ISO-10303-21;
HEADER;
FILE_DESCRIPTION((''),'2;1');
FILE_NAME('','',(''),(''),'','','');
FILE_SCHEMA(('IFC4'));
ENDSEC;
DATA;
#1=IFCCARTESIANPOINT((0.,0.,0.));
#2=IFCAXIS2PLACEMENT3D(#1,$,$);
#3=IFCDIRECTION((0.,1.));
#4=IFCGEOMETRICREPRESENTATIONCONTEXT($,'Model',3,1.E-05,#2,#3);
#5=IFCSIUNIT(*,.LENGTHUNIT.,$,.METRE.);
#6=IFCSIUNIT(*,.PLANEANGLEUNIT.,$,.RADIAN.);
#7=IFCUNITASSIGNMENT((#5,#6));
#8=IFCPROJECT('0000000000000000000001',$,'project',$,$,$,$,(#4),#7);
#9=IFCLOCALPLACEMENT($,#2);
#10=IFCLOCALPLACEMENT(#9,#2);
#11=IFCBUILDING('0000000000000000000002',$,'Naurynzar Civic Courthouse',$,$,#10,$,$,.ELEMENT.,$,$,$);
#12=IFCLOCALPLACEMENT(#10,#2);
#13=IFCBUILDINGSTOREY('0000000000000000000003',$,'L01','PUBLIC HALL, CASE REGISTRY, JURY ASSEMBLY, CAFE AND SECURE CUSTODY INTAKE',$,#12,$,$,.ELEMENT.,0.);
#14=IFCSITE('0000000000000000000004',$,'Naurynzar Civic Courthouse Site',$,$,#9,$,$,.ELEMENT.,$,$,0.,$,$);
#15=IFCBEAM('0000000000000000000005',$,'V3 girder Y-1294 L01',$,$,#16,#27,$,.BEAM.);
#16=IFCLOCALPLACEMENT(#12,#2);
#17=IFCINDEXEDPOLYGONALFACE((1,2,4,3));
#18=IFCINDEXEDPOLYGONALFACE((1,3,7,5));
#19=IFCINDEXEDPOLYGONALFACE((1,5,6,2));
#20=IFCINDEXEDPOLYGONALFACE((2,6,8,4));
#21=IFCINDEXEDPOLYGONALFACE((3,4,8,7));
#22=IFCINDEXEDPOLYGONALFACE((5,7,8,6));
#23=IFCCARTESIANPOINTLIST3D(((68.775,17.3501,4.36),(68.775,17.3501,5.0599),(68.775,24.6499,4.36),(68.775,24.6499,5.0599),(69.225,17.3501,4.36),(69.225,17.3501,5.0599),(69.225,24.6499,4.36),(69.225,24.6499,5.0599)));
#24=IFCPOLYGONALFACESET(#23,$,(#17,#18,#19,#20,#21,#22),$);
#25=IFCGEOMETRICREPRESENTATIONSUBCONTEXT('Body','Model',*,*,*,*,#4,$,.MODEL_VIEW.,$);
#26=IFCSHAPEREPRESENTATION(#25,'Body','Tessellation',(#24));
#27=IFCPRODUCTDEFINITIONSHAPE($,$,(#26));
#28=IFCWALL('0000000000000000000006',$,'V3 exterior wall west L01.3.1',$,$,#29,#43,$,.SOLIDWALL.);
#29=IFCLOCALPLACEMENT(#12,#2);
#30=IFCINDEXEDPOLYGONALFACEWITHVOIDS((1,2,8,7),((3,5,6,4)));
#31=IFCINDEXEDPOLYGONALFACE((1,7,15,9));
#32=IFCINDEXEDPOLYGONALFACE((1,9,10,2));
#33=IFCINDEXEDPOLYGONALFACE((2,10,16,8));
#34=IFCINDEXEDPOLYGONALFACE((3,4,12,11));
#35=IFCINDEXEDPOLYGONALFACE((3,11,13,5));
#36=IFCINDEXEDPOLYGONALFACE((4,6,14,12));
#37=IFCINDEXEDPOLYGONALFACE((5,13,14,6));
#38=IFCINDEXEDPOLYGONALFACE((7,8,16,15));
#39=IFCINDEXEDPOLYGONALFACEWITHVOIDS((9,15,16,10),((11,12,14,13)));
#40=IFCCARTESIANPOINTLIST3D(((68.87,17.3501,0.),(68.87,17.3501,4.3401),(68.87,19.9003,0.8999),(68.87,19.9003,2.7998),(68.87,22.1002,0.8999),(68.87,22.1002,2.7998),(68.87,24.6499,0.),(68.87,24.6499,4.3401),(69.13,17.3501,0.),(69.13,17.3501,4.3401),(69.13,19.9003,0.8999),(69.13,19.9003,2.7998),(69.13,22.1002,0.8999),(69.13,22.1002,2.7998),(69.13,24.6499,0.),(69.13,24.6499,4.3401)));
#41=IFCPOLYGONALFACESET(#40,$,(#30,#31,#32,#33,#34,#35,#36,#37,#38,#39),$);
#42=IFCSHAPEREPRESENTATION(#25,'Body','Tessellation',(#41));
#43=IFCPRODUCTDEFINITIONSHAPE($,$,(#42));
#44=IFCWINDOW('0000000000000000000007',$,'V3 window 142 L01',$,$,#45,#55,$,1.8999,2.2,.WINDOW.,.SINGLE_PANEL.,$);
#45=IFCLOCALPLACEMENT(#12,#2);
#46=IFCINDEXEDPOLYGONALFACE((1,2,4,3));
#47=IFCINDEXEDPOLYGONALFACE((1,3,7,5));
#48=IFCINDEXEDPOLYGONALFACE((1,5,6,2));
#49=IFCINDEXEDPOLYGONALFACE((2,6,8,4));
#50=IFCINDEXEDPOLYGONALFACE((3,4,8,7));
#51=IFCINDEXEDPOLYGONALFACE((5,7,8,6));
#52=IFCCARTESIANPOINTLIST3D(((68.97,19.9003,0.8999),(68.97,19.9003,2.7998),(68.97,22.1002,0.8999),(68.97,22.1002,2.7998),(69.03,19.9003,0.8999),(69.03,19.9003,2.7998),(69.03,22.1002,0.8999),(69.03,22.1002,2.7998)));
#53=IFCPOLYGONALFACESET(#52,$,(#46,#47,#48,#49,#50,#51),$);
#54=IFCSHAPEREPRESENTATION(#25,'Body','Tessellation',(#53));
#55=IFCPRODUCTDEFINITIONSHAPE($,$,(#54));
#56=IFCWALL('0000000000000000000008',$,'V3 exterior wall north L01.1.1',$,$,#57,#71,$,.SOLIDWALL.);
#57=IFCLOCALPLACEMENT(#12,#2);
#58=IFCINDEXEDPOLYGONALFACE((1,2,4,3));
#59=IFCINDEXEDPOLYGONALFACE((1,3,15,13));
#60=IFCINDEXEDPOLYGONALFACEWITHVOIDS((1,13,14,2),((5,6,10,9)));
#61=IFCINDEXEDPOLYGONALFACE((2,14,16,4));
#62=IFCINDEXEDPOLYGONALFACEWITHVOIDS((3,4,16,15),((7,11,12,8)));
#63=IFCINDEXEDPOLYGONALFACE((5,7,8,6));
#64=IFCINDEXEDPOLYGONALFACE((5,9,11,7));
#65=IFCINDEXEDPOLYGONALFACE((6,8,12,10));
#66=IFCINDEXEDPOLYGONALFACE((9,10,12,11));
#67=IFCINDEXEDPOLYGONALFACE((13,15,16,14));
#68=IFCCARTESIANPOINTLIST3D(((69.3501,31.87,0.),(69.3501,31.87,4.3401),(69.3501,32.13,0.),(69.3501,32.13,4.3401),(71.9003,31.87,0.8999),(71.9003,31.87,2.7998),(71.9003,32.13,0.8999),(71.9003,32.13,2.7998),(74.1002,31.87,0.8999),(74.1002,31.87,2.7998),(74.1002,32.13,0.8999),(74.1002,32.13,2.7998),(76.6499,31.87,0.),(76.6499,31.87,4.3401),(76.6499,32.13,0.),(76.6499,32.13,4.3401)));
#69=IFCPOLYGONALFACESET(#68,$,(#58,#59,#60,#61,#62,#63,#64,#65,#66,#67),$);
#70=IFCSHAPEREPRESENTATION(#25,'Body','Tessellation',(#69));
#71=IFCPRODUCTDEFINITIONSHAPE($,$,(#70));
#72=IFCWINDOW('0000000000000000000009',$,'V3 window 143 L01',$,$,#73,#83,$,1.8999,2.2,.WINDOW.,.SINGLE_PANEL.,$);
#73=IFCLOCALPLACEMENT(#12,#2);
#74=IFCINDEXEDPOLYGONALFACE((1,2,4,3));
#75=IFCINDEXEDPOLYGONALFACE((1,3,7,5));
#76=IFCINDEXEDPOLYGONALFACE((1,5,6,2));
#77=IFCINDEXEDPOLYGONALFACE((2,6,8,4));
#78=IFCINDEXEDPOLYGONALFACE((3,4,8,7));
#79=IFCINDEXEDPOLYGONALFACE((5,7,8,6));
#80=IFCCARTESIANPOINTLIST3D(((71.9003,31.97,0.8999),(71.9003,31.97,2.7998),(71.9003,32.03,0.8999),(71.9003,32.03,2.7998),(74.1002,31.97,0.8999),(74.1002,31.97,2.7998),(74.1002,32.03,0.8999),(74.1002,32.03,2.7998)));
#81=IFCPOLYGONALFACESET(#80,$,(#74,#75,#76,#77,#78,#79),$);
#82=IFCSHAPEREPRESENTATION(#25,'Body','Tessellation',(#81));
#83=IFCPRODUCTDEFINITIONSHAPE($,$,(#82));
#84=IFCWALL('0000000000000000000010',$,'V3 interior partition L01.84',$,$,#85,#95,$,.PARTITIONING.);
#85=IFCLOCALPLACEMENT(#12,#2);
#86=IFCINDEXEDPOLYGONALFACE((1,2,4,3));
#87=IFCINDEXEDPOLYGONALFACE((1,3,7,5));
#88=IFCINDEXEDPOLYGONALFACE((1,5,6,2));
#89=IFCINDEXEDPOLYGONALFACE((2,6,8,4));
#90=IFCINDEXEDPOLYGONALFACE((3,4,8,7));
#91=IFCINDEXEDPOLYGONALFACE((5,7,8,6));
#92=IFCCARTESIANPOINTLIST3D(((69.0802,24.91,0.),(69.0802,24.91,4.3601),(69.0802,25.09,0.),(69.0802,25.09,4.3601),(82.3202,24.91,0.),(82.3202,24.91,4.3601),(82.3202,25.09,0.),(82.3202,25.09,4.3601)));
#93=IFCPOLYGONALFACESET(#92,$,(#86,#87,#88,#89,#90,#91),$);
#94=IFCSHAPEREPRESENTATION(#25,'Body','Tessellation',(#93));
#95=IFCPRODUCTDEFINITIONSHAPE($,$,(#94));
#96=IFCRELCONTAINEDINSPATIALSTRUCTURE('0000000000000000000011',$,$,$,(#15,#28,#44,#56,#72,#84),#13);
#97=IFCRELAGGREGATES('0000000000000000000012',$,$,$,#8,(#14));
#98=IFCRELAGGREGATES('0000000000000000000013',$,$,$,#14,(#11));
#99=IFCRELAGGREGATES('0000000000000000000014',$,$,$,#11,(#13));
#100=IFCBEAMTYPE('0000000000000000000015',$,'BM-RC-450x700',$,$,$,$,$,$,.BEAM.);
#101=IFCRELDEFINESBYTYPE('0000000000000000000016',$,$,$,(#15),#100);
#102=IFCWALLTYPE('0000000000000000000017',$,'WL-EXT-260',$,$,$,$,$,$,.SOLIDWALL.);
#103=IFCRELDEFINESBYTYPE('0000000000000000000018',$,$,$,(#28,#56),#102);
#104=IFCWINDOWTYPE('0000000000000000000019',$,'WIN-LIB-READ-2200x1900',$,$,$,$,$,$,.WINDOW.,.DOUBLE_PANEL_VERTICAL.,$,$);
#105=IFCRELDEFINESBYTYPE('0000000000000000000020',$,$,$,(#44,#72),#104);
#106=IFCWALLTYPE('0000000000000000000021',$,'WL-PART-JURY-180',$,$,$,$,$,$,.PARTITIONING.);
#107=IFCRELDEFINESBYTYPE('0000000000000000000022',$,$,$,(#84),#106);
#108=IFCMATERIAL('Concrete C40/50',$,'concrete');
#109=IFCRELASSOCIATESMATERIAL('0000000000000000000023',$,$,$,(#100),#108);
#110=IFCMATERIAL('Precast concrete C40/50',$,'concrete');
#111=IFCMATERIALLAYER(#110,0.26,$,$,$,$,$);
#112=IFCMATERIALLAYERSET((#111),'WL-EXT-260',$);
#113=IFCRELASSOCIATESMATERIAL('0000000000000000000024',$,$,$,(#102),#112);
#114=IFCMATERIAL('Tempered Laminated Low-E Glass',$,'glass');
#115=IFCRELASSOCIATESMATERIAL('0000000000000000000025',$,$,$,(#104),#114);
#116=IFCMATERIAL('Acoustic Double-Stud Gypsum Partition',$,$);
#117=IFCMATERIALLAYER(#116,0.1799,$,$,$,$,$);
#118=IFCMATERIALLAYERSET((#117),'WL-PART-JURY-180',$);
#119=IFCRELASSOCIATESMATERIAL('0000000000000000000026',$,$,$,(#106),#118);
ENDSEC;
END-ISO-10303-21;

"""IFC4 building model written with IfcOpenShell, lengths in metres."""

from ifc_helpers import new_model, si_unit, direction, frame, frame_2d, origin, origin_2d, place, context, subcontext, project, spatial, rectangle, extrude, material, layer, layer_set, material_profile, profile_set, type_object, element, fill, save


model = new_model("IFC4")

# Units and contexts
model_context = context("Model", 3, precision=1e-05, world=origin(), true_north=direction((0.0, 1.0)))
body_context = subcontext(model_context, "Body", "Model", "MODEL_VIEW")
ifc_project = project(units=[si_unit("LENGTHUNIT", "METRE"), si_unit("PLANEANGLEUNIT", "RADIAN")], contexts=[model_context])

# Site, building, storey
site_placement = place(None, origin())
site = spatial("IfcSite", under=ifc_project, at=site_placement, Name="Naurynzar Civic Courthouse Site", CompositionType="ELEMENT", RefElevation=0.0)
building_placement = place(site_placement, origin())
building = spatial("IfcBuilding", under=site, at=building_placement, Name="Naurynzar Civic Courthouse", CompositionType="ELEMENT")
storey_placement = place(building_placement, origin())
storey = spatial("IfcBuildingStorey", under=building, at=storey_placement, Name="L01", Description="PUBLIC HALL, CASE REGISTRY, JURY ASSEMBLY, CAFE AND SECURE CUSTODY INTAKE", CompositionType="ELEMENT", Elevation=0.0)

# Beam
ifc_material_1 = material(Name="Concrete C40/50", Category="concrete")
ifc_material_profile_1 = material_profile(ifc_material_1, rectangle(XDim=0.45, YDim=0.7, at=origin_2d()), Name="RCB 450x700")
ifc_profile_set_1 = profile_set([ifc_material_profile_1], Name="Concrete C40/50")
beam_type_1 = type_object("IfcBeamType", Name="BM-RC-450x700", PredefinedType="BEAM", material=ifc_profile_set_1)
for number, where, z_axis, x_axis, name in (
    (1, (69.0, 17.3501, 4.71), (0.0, 1.0, 0.0), (-1.0, 0.0, 0.0), "V3 girder Y-1294 L01"),
):
    element("IfcBeam", number, at=place(storey_placement, frame(where, z_axis=z_axis, x_axis=x_axis)), inside=storey, type_object=beam_type_1, Name=name, PredefinedType="BEAM", context=body_context, shape_type="SweptSolid", body=[
        extrude(rectangle(XDim=0.45, YDim=0.7, at=origin_2d()), origin(), (0.0, 0.0, 1.0), 7.2998),
    ])

# Wall, opening, window
ifc_material_2 = material(Name="Precast concrete C40/50", Category="concrete")
ifc_layer_1 = layer(ifc_material_2, 0.26)
ifc_layer_set_1 = layer_set([ifc_layer_1], Name="WL-EXT-260")
wall_type_1 = type_object("IfcWallType", Name="WL-EXT-260", PredefinedType="SOLIDWALL", material=ifc_layer_set_1)
wall_1_placement = place(storey_placement, frame((69.0, 17.3501, 0.0), z_axis=(0.0, 0.0, 1.0), x_axis=(0.0, 1.0, 0.0)))
wall_1 = element("IfcWall", 2, at=wall_1_placement, inside=storey, type_object=wall_type_1, Name="V3 exterior wall west L01.3.1", PredefinedType="SOLIDWALL", context=body_context, shape_type="SweptSolid", body=[
    extrude(rectangle(XDim=7.2998, YDim=0.26, at=frame_2d((3.6499, 0.0))), origin(), (0.0, 0.0, 1.0), 4.3401),
])
opening_1_placement = place(wall_1_placement, frame((2.55, 0.0, 0.8999)))
opening_1 = element("IfcOpeningElement", 3, at=opening_1_placement, cuts=wall_1, PredefinedType="OPENING", context=body_context, shape_type="SweptSolid", body=[
    extrude(rectangle(XDim=2.2, YDim=1.8999, at=frame_2d((1.1001, 0.95))), frame((0.0, 0.1399, 0.0), z_axis=(0.0, -1.0, 0.0), x_axis=(1.0, 0.0, 0.0)), (0.0, 0.0, 1.0), 0.28),
])
ifc_material_3 = material(Name="Tempered Laminated Low-E Glass", Category="glass")
window_type = type_object("IfcWindowType", Name="WIN-LIB-READ-2200x1900", PartitioningType="DOUBLE_PANEL_VERTICAL", PredefinedType="WINDOW", material=ifc_material_3)
window_1_placement = place(opening_1_placement, origin())
window_1 = element("IfcWindow", 4, at=window_1_placement, inside=storey, type_object=window_type, Name="V3 window 142 L01", OverallHeight=1.8999, OverallWidth=2.2, PartitioningType="SINGLE_PANEL", PredefinedType="WINDOW", context=body_context, shape_type="SweptSolid", body=[
    extrude(rectangle(XDim=2.2, YDim=1.8999, at=frame_2d((1.1001, 0.95))), frame((0.0, 0.03, 0.0), z_axis=(0.0, -1.0, 0.0), x_axis=(1.0, 0.0, 0.0)), (0.0, 0.0, 1.0), 0.0601),
])
fill(opening_1, window_1)

# Wall, opening, window
wall_2_placement = place(storey_placement, frame((69.3501, 32.0, 0.0), z_axis=(0.0, 0.0, 1.0), x_axis=(1.0, 0.0, 0.0)))
wall_2 = element("IfcWall", 5, at=wall_2_placement, inside=storey, type_object=wall_type_1, Name="V3 exterior wall north L01.1.1", PredefinedType="SOLIDWALL", context=body_context, shape_type="SweptSolid", body=[
    extrude(rectangle(XDim=7.2998, YDim=0.26, at=frame_2d((3.6499, 0.0))), origin(), (0.0, 0.0, 1.0), 4.3401),
])
opening_2_placement = place(wall_2_placement, frame((2.55, 0.0, 0.8999)))
opening_2 = element("IfcOpeningElement", 6, at=opening_2_placement, cuts=wall_2, PredefinedType="OPENING", context=body_context, shape_type="SweptSolid", body=[
    extrude(rectangle(XDim=2.2, YDim=1.8999, at=frame_2d((1.1001, 0.95))), frame((0.0, 0.1399, 0.0), z_axis=(0.0, -1.0, 0.0), x_axis=(1.0, 0.0, 0.0)), (0.0, 0.0, 1.0), 0.28),
])
window_2_placement = place(opening_2_placement, origin())
window_2 = element("IfcWindow", 7, at=window_2_placement, inside=storey, type_object=window_type, Name="V3 window 143 L01", OverallHeight=1.8999, OverallWidth=2.2, PartitioningType="SINGLE_PANEL", PredefinedType="WINDOW", context=body_context, shape_type="SweptSolid", body=[
    extrude(rectangle(XDim=2.2, YDim=1.8999, at=frame_2d((1.1001, 0.95))), frame((0.0, 0.03, 0.0), z_axis=(0.0, -1.0, 0.0), x_axis=(1.0, 0.0, 0.0)), (0.0, 0.0, 1.0), 0.0601),
])
fill(opening_2, window_2)

# Wall
ifc_material_4 = material(Name="Acoustic Double-Stud Gypsum Partition")
ifc_layer_2 = layer(ifc_material_4, 0.1799)
ifc_layer_set_2 = layer_set([ifc_layer_2], Name="WL-PART-JURY-180")
wall_type_2 = type_object("IfcWallType", Name="WL-PART-JURY-180", PredefinedType="PARTITIONING", material=ifc_layer_set_2)
wall_3_placement = place(storey_placement, frame((69.0801, 25.0, 0.0), z_axis=(0.0, 0.0, 1.0), x_axis=(1.0, 0.0, 0.0)))
element("IfcWall", 8, at=wall_3_placement, inside=storey, type_object=wall_type_2, Name="V3 interior partition L01.84", PredefinedType="PARTITIONING", context=body_context, shape_type="SweptSolid", body=[
    extrude(rectangle(XDim=13.24, YDim=0.1799, at=frame_2d((6.6201, 0.0))), origin(), (0.0, 0.0, 1.0), 4.3601),
])

save(model, "model.ifc")
